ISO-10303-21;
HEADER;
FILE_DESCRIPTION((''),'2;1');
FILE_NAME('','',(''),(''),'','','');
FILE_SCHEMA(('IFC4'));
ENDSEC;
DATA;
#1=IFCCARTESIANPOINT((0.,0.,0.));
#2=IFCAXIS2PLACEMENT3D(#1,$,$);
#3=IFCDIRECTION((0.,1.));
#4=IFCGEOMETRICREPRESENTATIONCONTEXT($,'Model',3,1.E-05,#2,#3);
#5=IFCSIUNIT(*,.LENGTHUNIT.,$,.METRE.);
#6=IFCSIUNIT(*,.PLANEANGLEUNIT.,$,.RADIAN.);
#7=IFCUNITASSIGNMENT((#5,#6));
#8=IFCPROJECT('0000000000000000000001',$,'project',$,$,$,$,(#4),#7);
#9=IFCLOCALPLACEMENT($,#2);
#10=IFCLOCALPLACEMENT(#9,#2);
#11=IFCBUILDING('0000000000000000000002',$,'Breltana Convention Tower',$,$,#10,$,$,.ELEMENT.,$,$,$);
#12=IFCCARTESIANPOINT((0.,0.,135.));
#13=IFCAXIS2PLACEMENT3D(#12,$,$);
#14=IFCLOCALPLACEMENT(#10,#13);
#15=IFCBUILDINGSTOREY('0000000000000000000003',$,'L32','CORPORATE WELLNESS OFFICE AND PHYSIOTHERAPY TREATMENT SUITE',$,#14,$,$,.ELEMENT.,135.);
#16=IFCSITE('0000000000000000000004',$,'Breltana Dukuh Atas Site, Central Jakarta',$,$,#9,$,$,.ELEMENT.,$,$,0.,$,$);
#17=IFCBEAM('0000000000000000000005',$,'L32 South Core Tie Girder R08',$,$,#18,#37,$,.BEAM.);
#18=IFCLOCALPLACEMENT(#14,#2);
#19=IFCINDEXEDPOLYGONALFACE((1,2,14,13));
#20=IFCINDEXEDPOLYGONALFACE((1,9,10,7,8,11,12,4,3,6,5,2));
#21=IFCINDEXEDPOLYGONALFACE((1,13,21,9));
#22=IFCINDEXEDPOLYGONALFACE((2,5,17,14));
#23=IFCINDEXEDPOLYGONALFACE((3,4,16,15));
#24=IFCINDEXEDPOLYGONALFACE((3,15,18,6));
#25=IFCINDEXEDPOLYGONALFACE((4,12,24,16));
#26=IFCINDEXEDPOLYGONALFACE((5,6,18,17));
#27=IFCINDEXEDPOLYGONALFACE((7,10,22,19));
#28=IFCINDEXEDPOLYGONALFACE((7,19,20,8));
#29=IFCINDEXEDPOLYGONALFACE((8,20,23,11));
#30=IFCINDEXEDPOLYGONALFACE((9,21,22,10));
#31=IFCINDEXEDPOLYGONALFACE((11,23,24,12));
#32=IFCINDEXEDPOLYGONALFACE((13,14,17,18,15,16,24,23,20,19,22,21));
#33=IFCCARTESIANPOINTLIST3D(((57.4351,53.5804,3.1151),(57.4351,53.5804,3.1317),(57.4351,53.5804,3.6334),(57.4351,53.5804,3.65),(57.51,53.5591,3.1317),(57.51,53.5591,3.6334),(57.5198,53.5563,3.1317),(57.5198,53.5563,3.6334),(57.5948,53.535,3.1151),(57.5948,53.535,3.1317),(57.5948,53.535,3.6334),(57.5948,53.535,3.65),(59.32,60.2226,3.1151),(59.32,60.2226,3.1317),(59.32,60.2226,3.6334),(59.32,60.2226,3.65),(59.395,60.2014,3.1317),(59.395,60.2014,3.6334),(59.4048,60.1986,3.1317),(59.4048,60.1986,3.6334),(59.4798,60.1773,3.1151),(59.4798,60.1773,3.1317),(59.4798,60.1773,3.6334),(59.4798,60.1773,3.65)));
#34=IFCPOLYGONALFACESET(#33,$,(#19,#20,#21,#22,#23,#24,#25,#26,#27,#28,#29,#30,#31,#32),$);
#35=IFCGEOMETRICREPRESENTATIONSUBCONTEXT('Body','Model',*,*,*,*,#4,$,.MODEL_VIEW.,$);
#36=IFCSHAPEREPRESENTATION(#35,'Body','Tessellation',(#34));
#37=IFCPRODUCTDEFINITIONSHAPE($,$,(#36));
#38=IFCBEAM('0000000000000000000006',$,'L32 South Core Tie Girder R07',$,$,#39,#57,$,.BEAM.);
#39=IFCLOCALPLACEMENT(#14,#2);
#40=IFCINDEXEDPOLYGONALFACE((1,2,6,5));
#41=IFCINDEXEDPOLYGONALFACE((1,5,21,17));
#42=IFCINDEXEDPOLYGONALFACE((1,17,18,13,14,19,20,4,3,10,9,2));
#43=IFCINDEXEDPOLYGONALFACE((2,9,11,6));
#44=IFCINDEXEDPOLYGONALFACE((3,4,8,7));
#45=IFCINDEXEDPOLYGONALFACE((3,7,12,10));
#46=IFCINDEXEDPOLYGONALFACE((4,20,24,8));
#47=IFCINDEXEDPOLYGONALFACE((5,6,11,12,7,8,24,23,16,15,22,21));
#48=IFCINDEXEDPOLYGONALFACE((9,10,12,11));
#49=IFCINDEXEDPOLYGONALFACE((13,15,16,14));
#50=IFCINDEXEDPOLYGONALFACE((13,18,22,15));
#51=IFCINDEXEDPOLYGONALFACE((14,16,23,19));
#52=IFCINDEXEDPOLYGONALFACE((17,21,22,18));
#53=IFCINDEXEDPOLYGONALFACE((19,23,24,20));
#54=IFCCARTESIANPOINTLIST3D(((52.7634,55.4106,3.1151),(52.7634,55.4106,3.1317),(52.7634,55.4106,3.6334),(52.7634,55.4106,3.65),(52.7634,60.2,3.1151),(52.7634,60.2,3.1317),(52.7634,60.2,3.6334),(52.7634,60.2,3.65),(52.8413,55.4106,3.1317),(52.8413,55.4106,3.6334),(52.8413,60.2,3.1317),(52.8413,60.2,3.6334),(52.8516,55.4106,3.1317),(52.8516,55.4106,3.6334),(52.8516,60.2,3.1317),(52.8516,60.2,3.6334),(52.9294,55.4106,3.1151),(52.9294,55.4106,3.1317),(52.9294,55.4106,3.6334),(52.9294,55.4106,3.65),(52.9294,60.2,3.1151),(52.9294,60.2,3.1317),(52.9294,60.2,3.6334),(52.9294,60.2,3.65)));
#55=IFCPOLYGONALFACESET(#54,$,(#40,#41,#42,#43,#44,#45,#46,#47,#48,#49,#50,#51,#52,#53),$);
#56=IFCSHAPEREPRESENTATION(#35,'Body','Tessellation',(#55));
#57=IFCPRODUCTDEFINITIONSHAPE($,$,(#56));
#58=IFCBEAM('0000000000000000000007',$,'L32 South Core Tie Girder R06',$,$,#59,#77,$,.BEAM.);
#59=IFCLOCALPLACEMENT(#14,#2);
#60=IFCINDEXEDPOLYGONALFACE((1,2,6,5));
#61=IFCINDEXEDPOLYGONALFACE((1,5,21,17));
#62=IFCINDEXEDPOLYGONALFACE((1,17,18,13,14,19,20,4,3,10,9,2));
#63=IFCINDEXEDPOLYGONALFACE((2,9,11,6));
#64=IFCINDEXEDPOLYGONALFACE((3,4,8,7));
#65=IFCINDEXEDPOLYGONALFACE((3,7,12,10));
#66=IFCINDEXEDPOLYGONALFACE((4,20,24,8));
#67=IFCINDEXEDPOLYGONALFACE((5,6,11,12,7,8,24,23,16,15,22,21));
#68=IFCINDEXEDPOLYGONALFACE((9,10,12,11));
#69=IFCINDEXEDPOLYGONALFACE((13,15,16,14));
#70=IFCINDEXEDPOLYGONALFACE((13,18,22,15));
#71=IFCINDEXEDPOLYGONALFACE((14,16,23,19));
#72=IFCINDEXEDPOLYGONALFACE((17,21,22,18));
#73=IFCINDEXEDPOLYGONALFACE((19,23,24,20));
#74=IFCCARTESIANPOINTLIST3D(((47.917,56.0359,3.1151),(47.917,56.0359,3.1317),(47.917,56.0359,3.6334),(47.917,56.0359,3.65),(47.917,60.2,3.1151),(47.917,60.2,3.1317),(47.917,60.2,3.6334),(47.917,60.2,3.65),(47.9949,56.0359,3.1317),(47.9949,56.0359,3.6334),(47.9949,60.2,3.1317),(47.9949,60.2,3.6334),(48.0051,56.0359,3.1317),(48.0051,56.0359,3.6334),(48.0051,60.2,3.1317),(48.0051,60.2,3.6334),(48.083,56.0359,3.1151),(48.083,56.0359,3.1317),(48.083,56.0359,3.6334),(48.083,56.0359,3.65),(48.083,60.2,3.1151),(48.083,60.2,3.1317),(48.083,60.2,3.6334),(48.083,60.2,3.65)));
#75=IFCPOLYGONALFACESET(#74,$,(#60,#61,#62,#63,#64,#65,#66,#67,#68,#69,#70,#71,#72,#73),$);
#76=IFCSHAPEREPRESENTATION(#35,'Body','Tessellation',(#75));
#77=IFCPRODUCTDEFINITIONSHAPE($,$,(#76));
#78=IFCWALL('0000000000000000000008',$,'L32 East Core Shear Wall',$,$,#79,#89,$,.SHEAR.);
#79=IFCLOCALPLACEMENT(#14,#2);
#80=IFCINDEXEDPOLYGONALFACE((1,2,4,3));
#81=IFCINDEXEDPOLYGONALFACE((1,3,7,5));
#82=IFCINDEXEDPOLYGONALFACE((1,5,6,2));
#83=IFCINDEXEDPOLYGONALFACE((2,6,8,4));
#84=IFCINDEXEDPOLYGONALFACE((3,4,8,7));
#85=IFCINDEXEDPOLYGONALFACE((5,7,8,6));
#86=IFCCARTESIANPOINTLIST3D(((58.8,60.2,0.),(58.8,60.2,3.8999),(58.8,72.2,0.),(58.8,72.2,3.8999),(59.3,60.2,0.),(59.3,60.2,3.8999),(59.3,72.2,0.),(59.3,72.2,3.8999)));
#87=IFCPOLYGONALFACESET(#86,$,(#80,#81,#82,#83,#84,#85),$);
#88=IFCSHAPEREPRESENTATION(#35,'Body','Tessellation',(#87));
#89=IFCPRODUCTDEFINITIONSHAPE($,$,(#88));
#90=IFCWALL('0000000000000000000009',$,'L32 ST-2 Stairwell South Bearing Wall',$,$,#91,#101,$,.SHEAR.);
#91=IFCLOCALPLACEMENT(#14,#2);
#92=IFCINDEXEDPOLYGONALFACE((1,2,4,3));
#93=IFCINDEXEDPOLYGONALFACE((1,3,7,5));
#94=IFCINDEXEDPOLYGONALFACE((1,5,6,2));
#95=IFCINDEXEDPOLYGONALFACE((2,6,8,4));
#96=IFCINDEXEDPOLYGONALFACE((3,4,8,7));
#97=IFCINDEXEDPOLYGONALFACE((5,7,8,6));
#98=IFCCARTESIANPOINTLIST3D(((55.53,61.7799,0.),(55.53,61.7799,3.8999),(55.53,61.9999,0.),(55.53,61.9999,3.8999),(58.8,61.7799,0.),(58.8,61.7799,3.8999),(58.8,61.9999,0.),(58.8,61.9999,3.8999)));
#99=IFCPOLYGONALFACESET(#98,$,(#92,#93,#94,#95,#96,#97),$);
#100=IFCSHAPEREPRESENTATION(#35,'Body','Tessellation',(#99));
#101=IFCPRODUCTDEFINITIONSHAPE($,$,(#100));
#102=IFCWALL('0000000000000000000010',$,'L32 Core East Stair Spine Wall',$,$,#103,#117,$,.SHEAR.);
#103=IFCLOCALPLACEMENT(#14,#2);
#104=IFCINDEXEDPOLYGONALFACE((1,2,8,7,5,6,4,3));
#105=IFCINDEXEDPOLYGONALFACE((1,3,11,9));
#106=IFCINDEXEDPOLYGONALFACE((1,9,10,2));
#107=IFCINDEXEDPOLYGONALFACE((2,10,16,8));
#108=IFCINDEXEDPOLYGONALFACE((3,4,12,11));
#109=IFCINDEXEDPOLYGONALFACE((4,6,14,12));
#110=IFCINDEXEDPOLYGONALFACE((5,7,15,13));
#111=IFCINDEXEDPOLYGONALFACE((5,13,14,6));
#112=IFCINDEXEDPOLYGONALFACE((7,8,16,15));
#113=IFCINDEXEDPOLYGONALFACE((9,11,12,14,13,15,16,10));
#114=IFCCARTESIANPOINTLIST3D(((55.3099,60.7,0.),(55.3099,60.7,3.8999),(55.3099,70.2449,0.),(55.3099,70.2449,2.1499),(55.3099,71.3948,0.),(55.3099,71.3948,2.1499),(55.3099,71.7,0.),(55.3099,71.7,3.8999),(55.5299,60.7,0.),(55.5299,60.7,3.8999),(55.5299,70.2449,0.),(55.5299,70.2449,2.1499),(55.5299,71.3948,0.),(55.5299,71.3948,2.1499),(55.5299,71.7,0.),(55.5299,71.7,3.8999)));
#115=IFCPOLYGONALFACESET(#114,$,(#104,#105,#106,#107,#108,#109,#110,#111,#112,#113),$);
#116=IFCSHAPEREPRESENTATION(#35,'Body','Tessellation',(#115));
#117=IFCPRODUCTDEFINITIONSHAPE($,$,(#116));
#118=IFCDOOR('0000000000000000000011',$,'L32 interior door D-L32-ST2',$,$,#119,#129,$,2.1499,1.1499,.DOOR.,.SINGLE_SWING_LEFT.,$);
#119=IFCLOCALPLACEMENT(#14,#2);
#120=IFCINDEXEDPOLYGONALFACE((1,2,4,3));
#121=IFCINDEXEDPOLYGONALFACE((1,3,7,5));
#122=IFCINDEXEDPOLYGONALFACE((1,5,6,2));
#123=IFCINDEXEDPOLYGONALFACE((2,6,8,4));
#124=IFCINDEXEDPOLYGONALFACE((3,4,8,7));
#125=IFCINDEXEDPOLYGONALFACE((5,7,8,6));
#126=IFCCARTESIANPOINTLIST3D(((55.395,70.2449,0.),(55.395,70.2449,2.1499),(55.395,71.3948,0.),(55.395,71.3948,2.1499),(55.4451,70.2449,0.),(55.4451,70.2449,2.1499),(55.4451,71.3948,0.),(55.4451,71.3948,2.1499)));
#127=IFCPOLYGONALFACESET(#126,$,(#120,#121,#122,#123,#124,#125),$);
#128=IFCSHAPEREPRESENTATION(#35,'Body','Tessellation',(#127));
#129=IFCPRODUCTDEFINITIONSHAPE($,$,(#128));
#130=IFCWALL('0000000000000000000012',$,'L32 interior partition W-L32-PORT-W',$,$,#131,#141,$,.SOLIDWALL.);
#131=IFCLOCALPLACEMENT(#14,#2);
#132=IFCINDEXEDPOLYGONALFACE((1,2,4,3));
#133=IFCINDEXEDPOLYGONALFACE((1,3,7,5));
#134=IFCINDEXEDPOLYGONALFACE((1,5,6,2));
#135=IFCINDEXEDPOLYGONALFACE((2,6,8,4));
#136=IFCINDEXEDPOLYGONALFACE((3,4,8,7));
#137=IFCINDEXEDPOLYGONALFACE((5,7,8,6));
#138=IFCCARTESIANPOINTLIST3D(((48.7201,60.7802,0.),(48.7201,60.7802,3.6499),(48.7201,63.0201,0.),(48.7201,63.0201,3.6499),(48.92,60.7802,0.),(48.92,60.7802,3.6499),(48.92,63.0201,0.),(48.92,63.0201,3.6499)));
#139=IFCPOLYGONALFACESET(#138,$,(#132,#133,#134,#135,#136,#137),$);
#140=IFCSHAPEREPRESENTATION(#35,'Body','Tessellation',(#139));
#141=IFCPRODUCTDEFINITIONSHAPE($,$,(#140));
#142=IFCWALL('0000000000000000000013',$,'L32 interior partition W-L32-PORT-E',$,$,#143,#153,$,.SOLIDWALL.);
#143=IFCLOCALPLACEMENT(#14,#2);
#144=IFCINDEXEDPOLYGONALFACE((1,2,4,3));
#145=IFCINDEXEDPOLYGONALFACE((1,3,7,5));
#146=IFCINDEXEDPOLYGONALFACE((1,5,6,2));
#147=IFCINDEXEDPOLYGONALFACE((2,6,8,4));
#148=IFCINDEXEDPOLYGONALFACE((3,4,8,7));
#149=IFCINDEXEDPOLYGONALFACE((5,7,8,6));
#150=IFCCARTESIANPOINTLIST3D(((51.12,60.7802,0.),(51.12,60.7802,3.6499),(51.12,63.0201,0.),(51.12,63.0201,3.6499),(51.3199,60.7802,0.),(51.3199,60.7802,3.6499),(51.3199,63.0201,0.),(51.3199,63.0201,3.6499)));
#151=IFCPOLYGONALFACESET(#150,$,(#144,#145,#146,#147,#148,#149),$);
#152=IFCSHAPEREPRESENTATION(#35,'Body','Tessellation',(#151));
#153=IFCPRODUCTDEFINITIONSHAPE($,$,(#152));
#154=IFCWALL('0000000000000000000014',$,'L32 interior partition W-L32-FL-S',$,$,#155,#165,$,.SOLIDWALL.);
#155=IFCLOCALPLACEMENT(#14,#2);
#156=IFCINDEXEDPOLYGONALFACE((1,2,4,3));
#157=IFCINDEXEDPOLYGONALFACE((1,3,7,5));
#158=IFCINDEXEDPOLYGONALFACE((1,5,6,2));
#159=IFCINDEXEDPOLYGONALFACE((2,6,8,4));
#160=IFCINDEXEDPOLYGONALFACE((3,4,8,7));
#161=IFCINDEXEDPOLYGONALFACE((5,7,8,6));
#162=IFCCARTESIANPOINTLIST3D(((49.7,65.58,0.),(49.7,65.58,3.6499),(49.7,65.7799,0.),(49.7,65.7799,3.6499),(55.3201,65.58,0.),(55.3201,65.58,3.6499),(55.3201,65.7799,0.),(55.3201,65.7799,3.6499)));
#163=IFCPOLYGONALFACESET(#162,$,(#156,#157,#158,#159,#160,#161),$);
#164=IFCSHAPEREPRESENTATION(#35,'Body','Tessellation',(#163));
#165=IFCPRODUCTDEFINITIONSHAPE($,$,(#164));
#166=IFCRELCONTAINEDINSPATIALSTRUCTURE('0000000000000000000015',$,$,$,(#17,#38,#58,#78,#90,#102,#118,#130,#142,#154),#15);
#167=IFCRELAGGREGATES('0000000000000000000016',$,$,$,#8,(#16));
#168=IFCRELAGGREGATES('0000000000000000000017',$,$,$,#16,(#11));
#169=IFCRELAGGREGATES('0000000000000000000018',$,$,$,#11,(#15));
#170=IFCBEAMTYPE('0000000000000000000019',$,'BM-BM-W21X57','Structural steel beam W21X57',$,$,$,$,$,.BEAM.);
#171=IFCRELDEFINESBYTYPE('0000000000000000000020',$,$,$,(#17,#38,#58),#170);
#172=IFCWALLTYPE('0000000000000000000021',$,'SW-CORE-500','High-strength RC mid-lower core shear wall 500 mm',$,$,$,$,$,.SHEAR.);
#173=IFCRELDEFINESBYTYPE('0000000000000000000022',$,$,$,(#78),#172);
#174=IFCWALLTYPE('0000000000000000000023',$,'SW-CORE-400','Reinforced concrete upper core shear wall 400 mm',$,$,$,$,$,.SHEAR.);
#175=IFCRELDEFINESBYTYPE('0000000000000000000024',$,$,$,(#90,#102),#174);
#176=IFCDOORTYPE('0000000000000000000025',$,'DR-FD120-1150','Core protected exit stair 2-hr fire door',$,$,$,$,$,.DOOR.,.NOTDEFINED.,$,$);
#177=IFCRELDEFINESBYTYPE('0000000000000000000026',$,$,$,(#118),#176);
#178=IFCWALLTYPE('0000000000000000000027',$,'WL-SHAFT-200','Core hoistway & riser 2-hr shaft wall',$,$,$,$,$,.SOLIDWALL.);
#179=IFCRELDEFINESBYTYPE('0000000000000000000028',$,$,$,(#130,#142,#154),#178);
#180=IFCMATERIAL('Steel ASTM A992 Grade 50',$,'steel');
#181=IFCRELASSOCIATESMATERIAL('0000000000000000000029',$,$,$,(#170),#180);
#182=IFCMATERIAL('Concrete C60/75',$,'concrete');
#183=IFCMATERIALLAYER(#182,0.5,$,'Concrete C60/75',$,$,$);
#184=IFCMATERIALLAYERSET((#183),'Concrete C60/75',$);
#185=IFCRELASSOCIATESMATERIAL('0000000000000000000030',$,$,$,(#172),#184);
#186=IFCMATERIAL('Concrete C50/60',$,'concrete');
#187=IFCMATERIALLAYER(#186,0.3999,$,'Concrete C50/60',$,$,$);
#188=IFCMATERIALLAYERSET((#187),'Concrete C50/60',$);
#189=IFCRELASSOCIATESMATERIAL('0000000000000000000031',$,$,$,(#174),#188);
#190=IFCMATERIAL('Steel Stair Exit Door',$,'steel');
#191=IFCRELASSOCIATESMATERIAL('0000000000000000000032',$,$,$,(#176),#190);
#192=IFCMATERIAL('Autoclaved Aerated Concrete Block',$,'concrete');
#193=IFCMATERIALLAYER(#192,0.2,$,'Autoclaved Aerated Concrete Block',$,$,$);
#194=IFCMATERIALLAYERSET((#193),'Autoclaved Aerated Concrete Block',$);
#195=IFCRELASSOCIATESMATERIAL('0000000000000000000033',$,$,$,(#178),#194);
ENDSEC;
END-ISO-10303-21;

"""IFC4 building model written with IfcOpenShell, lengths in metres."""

from ifc_helpers import new_model, si_unit, direction, frame, frame_2d, origin, origin_2d, place, context, subcontext, project, spatial, rectangle, i_section, extrude, source, transform, mapped, material, layer, layer_set, material_profile, profile_set, type_object, type_shapes, element, fill, save


model = new_model("IFC4")

# Units and contexts
model_context = context("Model", 3, precision=1e-05, world=origin(), true_north=direction((0.0, 1.0)))
body_context = subcontext(model_context, "Body", "Model", "MODEL_VIEW")
ifc_project = project(units=[si_unit("LENGTHUNIT", "METRE"), si_unit("PLANEANGLEUNIT", "RADIAN")], contexts=[model_context])

# Site, building, storey
site_placement = place(None, origin())
site = spatial("IfcSite", under=ifc_project, at=site_placement, Name="Breltana Dukuh Atas Site, Central Jakarta", CompositionType="ELEMENT", RefElevation=0.0)
building_placement = place(site_placement, origin())
building = spatial("IfcBuilding", under=site, at=building_placement, Name="Breltana Convention Tower", CompositionType="ELEMENT")
storey_placement = place(building_placement, frame((0.0, 0.0, 135.0)))
storey = spatial("IfcBuildingStorey", under=building, at=storey_placement, Name="L32", Description="CORPORATE WELLNESS OFFICE AND PHYSIOTHERAPY TREATMENT SUITE", CompositionType="ELEMENT", Elevation=135.0)

# Beams
ifc_material_1 = material(Name="Steel ASTM A992 Grade 50", Category="steel")
ifc_material_profile = material_profile(ifc_material_1, i_section(OverallWidth=0.166, OverallDepth=0.5349, WebThickness=0.0103, FlangeThickness=0.0166, at=origin_2d()), Name="W21X57")
ifc_profile_set = profile_set([ifc_material_profile], Name="Steel ASTM A992 Grade 50")
beam_type = type_object("IfcBeamType", Name="BM-BM-W21X57", Description="Structural steel beam W21X57", PredefinedType="BEAM", material=ifc_profile_set)
shared_shape_1 = source(origin(), body_context, "Body", "SweptSolid", [
    extrude(i_section(OverallWidth=0.166, OverallDepth=0.5349, WebThickness=0.0103, FlangeThickness=0.0166, at=origin_2d()), origin(), (0.0, 0.0, 1.0), 6.9045),
])
type_shapes(beam_type, [shared_shape_1])
beam_1_placement = place(storey_placement, frame((59.3999, 60.2, 3.3826), z_axis=(-0.273007, -0.962012, 0.0), x_axis=(0.962012, -0.273007, 0.0)))
element("IfcBeam", 1, at=beam_1_placement, inside=storey, type_object=beam_type, Name="L32 South Core Tie Girder R08", PredefinedType="BEAM", context=body_context, shape_type="MappedRepresentation", body=[
    mapped(shared_shape_1, transform((0.0, 0.0, 0.0), scale=1.0)),
])
shared_shape_2 = source(origin(), body_context, "Body", "SweptSolid", [
    extrude(i_section(OverallWidth=0.166, OverallDepth=0.5349, WebThickness=0.0103, FlangeThickness=0.0166, at=origin_2d()), origin(), (0.0, 0.0, 1.0), 4.7893),
])
beam_2_placement = place(storey_placement, frame((52.8464, 60.2, 3.3826), z_axis=(0.0, -1.0, 0.0), x_axis=(1.0, 0.0, 0.0)))
element("IfcBeam", 2, at=beam_2_placement, inside=storey, type_object=beam_type, Name="L32 South Core Tie Girder R07", PredefinedType="BEAM", context=body_context, shape_type="MappedRepresentation", body=[
    mapped(shared_shape_2, transform((0.0, 0.0, 0.0), scale=1.0)),
])
shared_shape_3 = source(origin(), body_context, "Body", "SweptSolid", [
    extrude(i_section(OverallWidth=0.166, OverallDepth=0.5349, WebThickness=0.0103, FlangeThickness=0.0166, at=origin_2d()), origin(), (0.0, 0.0, 1.0), 4.1641),
])
beam_3_placement = place(storey_placement, frame((48.0, 60.2, 3.3826), z_axis=(0.0, -1.0, 0.0), x_axis=(1.0, 0.0, 0.0)))
element("IfcBeam", 3, at=beam_3_placement, inside=storey, type_object=beam_type, Name="L32 South Core Tie Girder R06", PredefinedType="BEAM", context=body_context, shape_type="MappedRepresentation", body=[
    mapped(shared_shape_3, transform((0.0, 0.0, 0.0), scale=1.0)),
])

# Walls
ifc_material_2 = material(Name="Concrete C60/75", Category="concrete")
ifc_layer_1 = layer(ifc_material_2, 0.5, Name="Concrete C60/75")
ifc_layer_set_1 = layer_set([ifc_layer_1], Name="Concrete C60/75")
wall_type_1 = type_object("IfcWallType", Name="SW-CORE-500", Description="High-strength RC mid-lower core shear wall 500 mm", PredefinedType="SHEAR", material=ifc_layer_set_1)
shared_shape_4 = source(origin(), body_context, "Body", "SweptSolid", [
    extrude(rectangle(XDim=12.0, YDim=0.5, at=frame_2d((6.0, 0.0))), origin(), (0.0, 0.0, 1.0), 3.8999),
])
wall_1_placement = place(storey_placement, frame((59.05, 60.2, 0.0), z_axis=(0.0, 0.0, 1.0), x_axis=(0.0, 1.0, 0.0)))
element("IfcWall", 4, at=wall_1_placement, inside=storey, type_object=wall_type_1, Name="L32 East Core Shear Wall", PredefinedType="SHEAR", context=body_context, shape_type="MappedRepresentation", body=[
    mapped(shared_shape_4, transform((0.0, 0.0, 0.0), scale=1.0)),
])
ifc_material_3 = material(Name="Concrete C50/60", Category="concrete")
ifc_layer_2 = layer(ifc_material_3, 0.3999, Name="Concrete C50/60")
ifc_layer_set_2 = layer_set([ifc_layer_2], Name="Concrete C50/60")
wall_type_2 = type_object("IfcWallType", Name="SW-CORE-400", Description="Reinforced concrete upper core shear wall 400 mm", PredefinedType="SHEAR", material=ifc_layer_set_2)
shared_shape_5 = source(origin(), body_context, "Body", "SweptSolid", [
    extrude(rectangle(XDim=3.27, YDim=0.22, at=frame_2d((1.635, 0.0))), origin(), (0.0, 0.0, 1.0), 3.8999),
])
wall_2_placement = place(storey_placement, frame((55.53, 61.8899, 0.0), z_axis=(0.0, 0.0, 1.0), x_axis=(1.0, 0.0, 0.0)))
element("IfcWall", 5, at=wall_2_placement, inside=storey, type_object=wall_type_2, Name="L32 ST-2 Stairwell South Bearing Wall", PredefinedType="SHEAR", context=body_context, shape_type="MappedRepresentation", body=[
    mapped(shared_shape_5, transform((0.0, 0.0, 0.0), scale=1.0)),
])

# Wall, opening, door
shared_shape_6 = source(origin(), body_context, "Body", "SweptSolid", [
    extrude(rectangle(XDim=11.0, YDim=0.22, at=frame_2d((5.5, 0.0))), origin(), (0.0, 0.0, 1.0), 3.8999),
])
wall_3_placement = place(storey_placement, frame((55.4199, 60.7, 0.0), z_axis=(0.0, 0.0, 1.0), x_axis=(0.0, 1.0, 0.0)))
wall_3 = element("IfcWall", 6, at=wall_3_placement, inside=storey, type_object=wall_type_2, Name="L32 Core East Stair Spine Wall", PredefinedType="SHEAR", context=body_context, shape_type="MappedRepresentation", body=[
    mapped(shared_shape_6, transform((0.0, 0.0, 0.0), scale=1.0)),
])
opening_placement = place(wall_3_placement, frame((9.5449, 0.0, 0.0)))
opening = element("IfcOpeningElement", 7, at=opening_placement, cuts=wall_3, PredefinedType="OPENING", context=body_context, shape_type="SweptSolid", body=[
    extrude(rectangle(XDim=1.1499, YDim=2.1499, at=frame_2d((0.575, 1.075))), frame((0.0, 0.1201, 0.0), z_axis=(0.0, -1.0, 0.0), x_axis=(1.0, 0.0, 0.0)), (0.0, 0.0, 1.0), 0.24),
])
ifc_material_4 = material(Name="Steel Stair Exit Door", Category="steel")
door_type = type_object("IfcDoorType", Name="DR-FD120-1150", Description="Core protected exit stair 2-hr fire door", OperationType="NOTDEFINED", PredefinedType="DOOR", material=ifc_material_4)
shared_shape_7 = source(origin(), body_context, "Body", "SweptSolid", [
    extrude(rectangle(XDim=1.1499, YDim=2.1499, at=frame_2d((0.575, 1.075))), frame((0.0, 0.0249, 0.0), z_axis=(0.0, -1.0, 0.0), x_axis=(1.0, 0.0, 0.0)), (0.0, 0.0, 1.0), 0.05),
])
type_shapes(door_type, [shared_shape_7])
door_placement = place(opening_placement, origin())
door = element("IfcDoor", 8, at=door_placement, inside=storey, type_object=door_type, Name="L32 interior door D-L32-ST2", OperationType="SINGLE_SWING_LEFT", OverallHeight=2.1499, OverallWidth=1.1499, PredefinedType="DOOR", context=body_context, shape_type="MappedRepresentation", body=[
    mapped(shared_shape_7, transform((0.0, 0.0, 0.0), scale=1.0)),
])
fill(opening, door)

# Walls
ifc_material_5 = material(Name="Autoclaved Aerated Concrete Block", Category="concrete")
ifc_layer_3 = layer(ifc_material_5, 0.2, Name="Autoclaved Aerated Concrete Block")
ifc_layer_set_3 = layer_set([ifc_layer_3], Name="Autoclaved Aerated Concrete Block")
wall_type_3 = type_object("IfcWallType", Name="WL-SHAFT-200", Description="Core hoistway & riser 2-hr shaft wall", PredefinedType="SOLIDWALL", material=ifc_layer_set_3)
shared_shape_8 = source(origin(), body_context, "Body", "SweptSolid", [
    extrude(rectangle(XDim=2.24, YDim=0.2, at=frame_2d((1.1201, 0.0))), origin(), (0.0, 0.0, 1.0), 3.6499),
])
for number, where, z_axis, x_axis, name in (
    (9, (48.8201, 60.78, 0.0), (0.0, 0.0, 1.0), (0.0, 1.0, 0.0), "L32 interior partition W-L32-PORT-W"),
    (10, (51.22, 60.78, 0.0), (0.0, 0.0, 1.0), (0.0, 1.0, 0.0), "L32 interior partition W-L32-PORT-E"),
):
    element("IfcWall", number, at=place(storey_placement, frame(where, z_axis=z_axis, x_axis=x_axis)), inside=storey, type_object=wall_type_3, Name=name, PredefinedType="SOLIDWALL", context=body_context, shape_type="MappedRepresentation", body=[
        mapped(shared_shape_8, transform((0.0, 0.0, 0.0), scale=1.0)),
    ])
shared_shape_9 = source(origin(), body_context, "Body", "SweptSolid", [
    extrude(rectangle(XDim=5.6201, YDim=0.2, at=frame_2d((2.8101, 0.0))), origin(), (0.0, 0.0, 1.0), 3.6499),
])
wall_4_placement = place(storey_placement, frame((49.7, 65.6799, 0.0), z_axis=(0.0, 0.0, 1.0), x_axis=(1.0, 0.0, 0.0)))
element("IfcWall", 11, at=wall_4_placement, inside=storey, type_object=wall_type_3, Name="L32 interior partition W-L32-FL-S", PredefinedType="SOLIDWALL", context=body_context, shape_type="MappedRepresentation", body=[
    mapped(shared_shape_9, transform((0.0, 0.0, 0.0), scale=1.0)),
])

save(model, "model.ifc")
